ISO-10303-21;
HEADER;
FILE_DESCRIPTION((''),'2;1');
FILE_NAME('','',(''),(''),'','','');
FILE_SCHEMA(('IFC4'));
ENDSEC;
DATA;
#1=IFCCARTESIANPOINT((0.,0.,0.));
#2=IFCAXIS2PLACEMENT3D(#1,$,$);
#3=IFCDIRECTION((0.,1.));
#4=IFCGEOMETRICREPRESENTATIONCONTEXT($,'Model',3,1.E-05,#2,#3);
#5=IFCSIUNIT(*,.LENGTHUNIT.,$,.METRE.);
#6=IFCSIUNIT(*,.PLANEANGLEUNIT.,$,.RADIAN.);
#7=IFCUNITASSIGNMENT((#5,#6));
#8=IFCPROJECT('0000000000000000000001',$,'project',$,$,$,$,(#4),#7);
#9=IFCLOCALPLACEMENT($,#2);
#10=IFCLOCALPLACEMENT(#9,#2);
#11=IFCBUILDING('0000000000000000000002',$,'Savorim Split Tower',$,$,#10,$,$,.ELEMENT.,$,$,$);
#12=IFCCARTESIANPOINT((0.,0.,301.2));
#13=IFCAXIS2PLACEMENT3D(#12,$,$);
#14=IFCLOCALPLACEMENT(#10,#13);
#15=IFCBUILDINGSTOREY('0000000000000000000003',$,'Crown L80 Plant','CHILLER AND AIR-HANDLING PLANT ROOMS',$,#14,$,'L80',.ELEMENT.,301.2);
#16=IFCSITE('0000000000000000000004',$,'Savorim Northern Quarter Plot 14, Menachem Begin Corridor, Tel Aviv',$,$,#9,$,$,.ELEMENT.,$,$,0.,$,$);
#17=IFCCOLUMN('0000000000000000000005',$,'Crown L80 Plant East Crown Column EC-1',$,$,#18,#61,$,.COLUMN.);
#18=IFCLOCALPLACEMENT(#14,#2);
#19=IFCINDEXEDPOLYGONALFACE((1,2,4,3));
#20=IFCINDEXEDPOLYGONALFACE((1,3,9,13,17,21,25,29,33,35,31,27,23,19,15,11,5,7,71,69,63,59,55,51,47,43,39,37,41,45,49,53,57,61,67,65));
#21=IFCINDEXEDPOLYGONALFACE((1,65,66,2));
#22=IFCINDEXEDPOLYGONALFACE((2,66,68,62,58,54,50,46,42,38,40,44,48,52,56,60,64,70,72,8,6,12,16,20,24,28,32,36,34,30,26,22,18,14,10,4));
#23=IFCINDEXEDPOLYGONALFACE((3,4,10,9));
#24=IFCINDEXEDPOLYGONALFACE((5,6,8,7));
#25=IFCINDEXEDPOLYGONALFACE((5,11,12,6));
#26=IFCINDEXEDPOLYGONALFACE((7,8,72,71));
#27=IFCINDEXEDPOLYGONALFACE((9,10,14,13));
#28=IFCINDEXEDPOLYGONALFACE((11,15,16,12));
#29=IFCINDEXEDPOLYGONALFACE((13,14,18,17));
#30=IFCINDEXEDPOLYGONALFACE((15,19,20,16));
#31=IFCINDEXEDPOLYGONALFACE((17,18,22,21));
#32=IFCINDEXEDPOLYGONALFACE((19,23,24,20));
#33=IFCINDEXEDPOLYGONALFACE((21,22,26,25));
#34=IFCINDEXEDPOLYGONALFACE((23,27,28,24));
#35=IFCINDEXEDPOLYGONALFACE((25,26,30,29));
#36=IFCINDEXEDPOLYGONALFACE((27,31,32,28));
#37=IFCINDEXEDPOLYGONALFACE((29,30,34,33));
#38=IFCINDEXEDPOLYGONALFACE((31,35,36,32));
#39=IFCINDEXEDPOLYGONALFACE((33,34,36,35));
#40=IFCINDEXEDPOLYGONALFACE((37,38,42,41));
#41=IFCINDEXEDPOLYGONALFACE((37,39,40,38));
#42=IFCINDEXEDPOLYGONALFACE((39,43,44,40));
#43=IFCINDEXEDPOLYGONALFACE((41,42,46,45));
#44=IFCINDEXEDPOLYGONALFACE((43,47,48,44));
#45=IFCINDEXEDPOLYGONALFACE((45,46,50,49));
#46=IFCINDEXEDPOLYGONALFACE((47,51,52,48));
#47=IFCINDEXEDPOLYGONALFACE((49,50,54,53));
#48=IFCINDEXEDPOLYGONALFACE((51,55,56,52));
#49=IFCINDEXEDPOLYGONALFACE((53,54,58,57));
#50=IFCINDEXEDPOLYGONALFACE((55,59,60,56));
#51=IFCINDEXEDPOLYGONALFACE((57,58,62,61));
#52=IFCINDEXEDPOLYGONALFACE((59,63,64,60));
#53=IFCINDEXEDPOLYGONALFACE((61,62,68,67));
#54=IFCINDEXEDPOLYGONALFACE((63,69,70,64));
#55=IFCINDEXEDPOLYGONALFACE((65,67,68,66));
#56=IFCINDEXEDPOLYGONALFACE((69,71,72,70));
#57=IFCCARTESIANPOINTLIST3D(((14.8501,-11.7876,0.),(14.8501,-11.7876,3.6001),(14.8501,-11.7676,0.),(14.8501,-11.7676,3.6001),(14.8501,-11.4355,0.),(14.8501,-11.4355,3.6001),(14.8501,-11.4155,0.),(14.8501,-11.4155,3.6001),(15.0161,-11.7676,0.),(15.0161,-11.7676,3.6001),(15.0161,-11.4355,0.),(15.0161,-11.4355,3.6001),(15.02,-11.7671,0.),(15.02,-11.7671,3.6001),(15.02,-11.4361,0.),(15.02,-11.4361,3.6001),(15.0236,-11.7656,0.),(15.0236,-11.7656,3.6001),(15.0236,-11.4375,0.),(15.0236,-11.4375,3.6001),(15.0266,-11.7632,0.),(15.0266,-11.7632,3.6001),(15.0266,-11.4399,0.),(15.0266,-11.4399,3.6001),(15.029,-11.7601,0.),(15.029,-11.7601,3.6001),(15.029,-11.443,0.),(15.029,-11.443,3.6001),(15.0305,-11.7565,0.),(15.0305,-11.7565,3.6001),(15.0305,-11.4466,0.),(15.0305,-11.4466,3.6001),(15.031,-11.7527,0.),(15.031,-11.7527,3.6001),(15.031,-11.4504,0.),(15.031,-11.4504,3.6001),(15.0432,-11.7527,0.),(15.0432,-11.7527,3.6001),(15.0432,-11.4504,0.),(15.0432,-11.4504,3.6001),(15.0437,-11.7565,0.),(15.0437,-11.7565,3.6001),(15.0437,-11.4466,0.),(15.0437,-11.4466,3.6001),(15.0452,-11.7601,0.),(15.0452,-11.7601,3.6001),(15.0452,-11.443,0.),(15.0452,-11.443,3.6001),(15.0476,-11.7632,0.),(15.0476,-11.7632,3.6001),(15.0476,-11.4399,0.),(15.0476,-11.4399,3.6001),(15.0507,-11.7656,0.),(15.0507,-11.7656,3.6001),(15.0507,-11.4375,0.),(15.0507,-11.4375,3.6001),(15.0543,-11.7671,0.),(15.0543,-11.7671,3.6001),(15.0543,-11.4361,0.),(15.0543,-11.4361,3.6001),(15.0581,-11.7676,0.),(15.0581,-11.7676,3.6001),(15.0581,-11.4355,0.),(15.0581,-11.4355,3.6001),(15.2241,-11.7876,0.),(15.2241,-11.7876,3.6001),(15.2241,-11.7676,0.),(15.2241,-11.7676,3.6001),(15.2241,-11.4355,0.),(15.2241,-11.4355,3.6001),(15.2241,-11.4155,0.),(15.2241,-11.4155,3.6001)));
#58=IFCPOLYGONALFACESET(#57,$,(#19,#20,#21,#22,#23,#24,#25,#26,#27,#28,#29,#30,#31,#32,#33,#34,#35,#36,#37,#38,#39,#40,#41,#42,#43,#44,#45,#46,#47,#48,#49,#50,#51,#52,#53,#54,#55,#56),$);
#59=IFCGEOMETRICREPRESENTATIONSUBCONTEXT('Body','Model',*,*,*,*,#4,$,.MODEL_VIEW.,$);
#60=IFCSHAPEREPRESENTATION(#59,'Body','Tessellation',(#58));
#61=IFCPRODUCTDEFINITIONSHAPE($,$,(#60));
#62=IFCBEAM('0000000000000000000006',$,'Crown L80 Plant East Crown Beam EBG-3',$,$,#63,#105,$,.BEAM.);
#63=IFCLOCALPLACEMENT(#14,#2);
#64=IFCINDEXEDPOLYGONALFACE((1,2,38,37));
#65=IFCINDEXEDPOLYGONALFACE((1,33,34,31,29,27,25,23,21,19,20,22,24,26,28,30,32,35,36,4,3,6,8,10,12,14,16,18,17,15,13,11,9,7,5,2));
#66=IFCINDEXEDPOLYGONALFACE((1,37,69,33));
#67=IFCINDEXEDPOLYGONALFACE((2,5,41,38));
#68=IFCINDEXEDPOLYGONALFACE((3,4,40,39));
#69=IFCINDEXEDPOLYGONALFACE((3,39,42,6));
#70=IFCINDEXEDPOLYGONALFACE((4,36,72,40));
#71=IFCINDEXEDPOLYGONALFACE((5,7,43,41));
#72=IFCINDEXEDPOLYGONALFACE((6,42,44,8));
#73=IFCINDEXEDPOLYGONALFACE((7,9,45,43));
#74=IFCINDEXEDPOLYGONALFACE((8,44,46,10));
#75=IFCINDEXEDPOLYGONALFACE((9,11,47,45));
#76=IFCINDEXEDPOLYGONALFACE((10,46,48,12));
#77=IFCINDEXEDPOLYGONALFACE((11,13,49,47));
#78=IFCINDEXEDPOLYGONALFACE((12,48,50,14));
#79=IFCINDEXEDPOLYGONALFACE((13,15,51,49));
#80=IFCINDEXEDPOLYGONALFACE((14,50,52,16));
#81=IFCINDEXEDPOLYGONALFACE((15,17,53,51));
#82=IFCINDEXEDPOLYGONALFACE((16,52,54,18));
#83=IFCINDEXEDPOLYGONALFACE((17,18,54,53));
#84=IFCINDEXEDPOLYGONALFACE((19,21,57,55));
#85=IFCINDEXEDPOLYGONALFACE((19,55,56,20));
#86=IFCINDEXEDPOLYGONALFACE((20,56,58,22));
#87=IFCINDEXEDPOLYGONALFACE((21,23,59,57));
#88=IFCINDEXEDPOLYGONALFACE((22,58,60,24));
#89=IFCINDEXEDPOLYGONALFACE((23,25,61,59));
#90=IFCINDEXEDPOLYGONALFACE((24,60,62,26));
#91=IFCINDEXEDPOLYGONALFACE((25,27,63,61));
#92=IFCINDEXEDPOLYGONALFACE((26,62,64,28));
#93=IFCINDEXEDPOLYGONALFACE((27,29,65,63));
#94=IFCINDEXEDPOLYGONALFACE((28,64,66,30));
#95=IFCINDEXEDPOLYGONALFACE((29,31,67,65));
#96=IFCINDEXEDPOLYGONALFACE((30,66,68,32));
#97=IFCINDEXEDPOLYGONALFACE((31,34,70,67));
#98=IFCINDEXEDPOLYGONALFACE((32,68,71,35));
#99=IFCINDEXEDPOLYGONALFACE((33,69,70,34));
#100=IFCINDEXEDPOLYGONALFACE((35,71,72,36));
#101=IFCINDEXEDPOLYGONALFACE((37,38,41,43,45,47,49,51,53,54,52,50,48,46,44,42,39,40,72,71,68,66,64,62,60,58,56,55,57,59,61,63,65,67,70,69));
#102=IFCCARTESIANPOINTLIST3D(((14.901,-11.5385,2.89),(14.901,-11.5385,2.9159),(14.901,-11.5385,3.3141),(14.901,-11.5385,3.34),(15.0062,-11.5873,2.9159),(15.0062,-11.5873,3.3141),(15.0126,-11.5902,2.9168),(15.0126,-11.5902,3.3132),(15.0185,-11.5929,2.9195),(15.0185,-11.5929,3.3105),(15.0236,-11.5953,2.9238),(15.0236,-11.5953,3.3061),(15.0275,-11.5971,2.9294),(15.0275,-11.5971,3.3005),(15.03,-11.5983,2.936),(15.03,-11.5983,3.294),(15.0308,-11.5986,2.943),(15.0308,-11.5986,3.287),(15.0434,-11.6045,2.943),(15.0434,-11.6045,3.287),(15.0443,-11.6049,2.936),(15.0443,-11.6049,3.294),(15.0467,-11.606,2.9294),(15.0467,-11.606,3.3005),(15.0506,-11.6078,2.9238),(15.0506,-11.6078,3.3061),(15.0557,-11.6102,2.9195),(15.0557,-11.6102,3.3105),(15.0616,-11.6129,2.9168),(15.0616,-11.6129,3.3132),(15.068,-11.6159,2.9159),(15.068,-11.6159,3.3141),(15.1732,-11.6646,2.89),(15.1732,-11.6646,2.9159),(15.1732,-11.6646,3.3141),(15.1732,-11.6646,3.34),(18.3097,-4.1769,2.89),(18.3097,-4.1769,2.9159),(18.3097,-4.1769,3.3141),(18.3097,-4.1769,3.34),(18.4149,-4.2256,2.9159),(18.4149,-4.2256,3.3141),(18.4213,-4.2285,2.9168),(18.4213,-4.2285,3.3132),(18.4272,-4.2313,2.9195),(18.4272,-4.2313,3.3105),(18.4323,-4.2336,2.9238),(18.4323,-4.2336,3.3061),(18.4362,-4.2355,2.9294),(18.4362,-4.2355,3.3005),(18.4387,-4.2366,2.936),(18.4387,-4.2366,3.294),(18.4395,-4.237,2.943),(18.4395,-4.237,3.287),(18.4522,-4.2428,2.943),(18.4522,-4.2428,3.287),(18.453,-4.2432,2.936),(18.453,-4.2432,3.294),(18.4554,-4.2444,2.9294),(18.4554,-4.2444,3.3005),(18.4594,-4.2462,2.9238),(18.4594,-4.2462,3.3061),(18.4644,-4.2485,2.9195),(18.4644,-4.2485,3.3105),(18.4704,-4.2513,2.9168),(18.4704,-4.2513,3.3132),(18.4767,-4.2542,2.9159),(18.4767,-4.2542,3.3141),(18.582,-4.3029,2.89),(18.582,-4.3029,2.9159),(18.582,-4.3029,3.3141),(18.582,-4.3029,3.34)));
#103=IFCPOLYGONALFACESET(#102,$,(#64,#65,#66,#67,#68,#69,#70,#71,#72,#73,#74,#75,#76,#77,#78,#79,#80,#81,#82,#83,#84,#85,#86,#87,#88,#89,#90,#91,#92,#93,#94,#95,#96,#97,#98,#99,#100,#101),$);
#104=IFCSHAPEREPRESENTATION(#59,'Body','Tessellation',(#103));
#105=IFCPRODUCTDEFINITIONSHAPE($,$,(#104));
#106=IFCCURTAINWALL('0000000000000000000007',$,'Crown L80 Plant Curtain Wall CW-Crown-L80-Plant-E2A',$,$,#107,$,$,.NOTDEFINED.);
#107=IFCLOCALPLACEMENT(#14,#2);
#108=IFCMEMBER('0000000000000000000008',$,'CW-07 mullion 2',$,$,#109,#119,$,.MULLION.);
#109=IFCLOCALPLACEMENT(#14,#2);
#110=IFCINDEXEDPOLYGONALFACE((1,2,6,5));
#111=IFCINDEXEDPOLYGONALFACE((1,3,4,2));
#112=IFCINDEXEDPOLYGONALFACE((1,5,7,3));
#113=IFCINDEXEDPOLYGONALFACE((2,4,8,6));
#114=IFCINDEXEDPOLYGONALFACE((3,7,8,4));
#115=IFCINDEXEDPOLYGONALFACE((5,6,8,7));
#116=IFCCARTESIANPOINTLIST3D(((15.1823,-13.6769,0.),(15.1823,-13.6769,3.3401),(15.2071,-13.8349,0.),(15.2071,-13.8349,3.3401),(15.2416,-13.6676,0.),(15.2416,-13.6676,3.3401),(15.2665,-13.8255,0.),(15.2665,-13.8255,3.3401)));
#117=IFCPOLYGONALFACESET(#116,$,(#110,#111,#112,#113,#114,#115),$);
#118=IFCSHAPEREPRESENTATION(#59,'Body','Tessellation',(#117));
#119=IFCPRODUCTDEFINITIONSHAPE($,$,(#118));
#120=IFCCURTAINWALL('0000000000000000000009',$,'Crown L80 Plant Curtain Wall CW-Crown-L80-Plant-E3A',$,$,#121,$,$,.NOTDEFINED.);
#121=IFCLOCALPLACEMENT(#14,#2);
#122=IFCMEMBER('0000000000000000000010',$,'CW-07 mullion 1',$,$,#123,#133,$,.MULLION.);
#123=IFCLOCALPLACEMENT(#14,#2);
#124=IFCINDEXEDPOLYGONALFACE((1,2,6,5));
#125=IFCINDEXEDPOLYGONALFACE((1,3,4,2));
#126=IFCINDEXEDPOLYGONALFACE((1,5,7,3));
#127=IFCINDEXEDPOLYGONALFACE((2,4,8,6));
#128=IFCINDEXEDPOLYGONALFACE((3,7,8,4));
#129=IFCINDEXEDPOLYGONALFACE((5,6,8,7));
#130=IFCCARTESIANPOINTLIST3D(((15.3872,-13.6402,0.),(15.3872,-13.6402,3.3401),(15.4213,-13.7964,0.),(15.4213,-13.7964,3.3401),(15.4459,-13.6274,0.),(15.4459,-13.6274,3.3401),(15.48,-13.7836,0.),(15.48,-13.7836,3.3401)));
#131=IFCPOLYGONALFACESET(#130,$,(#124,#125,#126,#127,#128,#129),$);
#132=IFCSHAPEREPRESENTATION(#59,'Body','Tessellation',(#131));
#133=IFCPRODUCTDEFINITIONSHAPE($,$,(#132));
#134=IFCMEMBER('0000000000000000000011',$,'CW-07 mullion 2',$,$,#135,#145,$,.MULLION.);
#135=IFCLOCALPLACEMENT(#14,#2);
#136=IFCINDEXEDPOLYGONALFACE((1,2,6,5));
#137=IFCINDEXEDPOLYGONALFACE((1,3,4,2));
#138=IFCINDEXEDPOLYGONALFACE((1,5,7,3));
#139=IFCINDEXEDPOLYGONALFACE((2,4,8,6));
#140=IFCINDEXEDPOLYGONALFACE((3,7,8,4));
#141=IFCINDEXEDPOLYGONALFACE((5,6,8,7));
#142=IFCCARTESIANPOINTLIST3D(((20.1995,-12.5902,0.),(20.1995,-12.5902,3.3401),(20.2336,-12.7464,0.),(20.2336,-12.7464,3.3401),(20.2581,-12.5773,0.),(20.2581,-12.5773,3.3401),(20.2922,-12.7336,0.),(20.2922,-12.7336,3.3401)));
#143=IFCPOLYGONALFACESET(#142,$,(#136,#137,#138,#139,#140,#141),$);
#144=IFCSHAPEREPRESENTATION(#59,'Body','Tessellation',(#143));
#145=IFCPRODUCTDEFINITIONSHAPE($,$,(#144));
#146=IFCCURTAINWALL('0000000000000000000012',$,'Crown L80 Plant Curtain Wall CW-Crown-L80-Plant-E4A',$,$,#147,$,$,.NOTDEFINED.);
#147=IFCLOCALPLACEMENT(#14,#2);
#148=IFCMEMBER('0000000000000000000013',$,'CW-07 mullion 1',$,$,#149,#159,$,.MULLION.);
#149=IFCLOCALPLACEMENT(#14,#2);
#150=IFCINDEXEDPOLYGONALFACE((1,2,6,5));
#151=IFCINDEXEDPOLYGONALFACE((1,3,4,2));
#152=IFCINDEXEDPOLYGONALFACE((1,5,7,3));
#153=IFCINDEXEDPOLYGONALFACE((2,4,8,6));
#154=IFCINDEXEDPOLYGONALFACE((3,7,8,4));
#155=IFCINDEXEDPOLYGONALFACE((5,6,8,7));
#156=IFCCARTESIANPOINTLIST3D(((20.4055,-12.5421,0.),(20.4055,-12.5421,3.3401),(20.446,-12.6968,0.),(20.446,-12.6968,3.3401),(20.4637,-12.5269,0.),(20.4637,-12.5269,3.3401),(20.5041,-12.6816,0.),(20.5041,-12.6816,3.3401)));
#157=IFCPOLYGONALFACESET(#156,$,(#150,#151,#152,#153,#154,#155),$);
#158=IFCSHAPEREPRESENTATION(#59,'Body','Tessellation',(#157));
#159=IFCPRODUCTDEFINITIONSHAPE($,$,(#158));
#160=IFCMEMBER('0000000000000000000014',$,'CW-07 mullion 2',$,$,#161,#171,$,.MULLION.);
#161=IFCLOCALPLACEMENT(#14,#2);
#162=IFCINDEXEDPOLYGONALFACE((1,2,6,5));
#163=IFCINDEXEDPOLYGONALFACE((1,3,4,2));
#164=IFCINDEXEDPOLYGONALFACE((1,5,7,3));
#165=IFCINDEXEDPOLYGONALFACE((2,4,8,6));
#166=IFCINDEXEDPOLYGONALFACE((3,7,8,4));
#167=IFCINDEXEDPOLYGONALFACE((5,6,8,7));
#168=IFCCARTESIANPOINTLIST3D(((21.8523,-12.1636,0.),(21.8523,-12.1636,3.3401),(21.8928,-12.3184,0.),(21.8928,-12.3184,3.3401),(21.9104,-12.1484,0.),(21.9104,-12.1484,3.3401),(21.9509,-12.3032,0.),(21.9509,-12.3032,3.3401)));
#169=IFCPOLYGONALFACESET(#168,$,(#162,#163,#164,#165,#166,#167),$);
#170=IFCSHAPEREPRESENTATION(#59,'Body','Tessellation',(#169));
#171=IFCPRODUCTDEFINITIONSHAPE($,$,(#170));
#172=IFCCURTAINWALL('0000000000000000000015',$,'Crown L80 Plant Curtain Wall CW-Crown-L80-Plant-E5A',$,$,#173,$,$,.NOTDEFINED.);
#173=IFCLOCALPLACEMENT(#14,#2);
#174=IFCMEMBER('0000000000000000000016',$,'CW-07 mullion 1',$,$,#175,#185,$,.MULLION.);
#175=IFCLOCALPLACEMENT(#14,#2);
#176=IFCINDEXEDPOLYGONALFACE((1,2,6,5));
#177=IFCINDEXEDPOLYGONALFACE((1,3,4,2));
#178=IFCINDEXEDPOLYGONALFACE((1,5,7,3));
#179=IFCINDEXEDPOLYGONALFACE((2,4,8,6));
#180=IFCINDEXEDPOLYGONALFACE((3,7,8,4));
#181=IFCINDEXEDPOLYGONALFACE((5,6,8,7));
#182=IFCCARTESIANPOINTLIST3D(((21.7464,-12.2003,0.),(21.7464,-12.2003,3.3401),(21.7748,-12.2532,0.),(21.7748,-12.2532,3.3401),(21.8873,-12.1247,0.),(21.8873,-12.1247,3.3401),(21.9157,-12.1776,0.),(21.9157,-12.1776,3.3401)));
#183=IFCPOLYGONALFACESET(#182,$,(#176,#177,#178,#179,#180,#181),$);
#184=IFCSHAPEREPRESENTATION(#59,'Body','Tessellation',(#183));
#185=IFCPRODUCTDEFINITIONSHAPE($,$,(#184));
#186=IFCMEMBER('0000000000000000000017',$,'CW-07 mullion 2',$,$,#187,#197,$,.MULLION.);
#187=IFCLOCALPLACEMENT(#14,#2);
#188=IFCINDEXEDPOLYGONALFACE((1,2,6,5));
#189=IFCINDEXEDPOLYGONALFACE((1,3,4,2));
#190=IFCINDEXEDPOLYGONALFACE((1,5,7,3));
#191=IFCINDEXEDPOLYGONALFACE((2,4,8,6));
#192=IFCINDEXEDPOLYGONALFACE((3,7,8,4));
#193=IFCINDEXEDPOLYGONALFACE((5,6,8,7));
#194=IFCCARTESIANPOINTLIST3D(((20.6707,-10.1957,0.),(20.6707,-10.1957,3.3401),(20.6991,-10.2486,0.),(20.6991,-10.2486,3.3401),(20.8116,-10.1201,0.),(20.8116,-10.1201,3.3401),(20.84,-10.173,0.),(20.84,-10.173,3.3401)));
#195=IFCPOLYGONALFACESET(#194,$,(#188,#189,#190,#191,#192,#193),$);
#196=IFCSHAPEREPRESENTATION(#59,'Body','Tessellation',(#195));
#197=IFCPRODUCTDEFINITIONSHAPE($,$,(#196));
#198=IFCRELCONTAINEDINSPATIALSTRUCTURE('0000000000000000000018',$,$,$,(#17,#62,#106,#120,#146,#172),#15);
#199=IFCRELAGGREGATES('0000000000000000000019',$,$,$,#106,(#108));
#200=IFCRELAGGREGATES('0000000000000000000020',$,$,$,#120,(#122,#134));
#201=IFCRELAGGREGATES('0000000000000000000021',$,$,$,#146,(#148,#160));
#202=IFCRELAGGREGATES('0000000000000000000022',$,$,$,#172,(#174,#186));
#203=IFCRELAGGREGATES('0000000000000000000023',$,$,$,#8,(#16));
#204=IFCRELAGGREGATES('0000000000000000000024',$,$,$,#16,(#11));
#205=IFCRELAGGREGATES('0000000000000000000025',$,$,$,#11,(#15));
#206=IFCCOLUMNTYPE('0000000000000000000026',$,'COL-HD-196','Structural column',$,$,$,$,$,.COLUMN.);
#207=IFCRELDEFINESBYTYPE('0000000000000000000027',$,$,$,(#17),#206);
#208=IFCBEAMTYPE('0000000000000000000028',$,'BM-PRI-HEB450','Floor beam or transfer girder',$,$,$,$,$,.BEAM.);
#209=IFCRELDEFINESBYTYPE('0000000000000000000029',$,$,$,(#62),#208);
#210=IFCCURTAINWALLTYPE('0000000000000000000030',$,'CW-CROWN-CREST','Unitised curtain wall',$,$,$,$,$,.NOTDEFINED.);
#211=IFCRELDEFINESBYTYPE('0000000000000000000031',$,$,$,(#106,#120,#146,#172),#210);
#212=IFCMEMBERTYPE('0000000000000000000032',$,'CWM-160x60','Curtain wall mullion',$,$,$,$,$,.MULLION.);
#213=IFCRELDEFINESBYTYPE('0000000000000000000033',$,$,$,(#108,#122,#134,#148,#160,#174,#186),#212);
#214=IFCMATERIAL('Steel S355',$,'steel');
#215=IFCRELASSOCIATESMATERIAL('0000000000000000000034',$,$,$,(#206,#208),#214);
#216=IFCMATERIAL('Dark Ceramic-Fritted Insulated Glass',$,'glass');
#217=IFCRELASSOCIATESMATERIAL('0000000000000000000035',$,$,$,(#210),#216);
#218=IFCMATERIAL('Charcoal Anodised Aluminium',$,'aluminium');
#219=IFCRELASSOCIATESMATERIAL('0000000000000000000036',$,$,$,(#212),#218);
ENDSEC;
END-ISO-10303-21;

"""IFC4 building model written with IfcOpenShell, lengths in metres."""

from ifc_helpers import new_model, si_unit, direction, frame, origin, origin_2d, place, context, subcontext, project, spatial, rectangle, i_section, extrude, material, material_profile, profile_set, type_object, element, aggregate, save


model = new_model("IFC4")

# Units and contexts
model_context = context("Model", 3, precision=1e-05, world=origin(), true_north=direction((0.0, 1.0)))
body_context = subcontext(model_context, "Body", "Model", "MODEL_VIEW")
ifc_project = project(units=[si_unit("LENGTHUNIT", "METRE"), si_unit("PLANEANGLEUNIT", "RADIAN")], contexts=[model_context])

# Site, building, storey
site_placement = place(None, origin())
site = spatial("IfcSite", under=ifc_project, at=site_placement, Name="Savorim Northern Quarter Plot 14, Menachem Begin Corridor, Tel Aviv", CompositionType="ELEMENT", RefElevation=0.0)
building_placement = place(site_placement, origin())
building = spatial("IfcBuilding", under=site, at=building_placement, Name="Savorim Split Tower", CompositionType="ELEMENT")
storey_placement = place(building_placement, frame((0.0, 0.0, 301.2)))
storey = spatial("IfcBuildingStorey", under=building, at=storey_placement, Name="Crown L80 Plant", Description="CHILLER AND AIR-HANDLING PLANT ROOMS", LongName="L80", CompositionType="ELEMENT", Elevation=301.2)

# Column
ifc_material_1 = material(Name="Steel S355", Category="steel")
ifc_material_profile_1 = material_profile(ifc_material_1, i_section(OverallWidth=0.374, OverallDepth=0.3721, WebThickness=0.0122, FlangeThickness=0.02, FilletRadius=0.0149, at=origin_2d()), Name="HD 360x196")
ifc_profile_set_1 = profile_set([ifc_material_profile_1], Name="Steel S355")
column_type = type_object("IfcColumnType", Name="COL-HD-196", Description="Structural column", PredefinedType="COLUMN", material=ifc_profile_set_1)
column_placement = place(storey_placement, frame((15.0371, -11.6016, 0.0), z_axis=(0.0, 0.0, 1.0), x_axis=(1.0, 0.0, 0.0)))
element("IfcColumn", 1, at=column_placement, inside=storey, type_object=column_type, Name="Crown L80 Plant East Crown Column EC-1", PredefinedType="COLUMN", context=body_context, shape_type="SweptSolid", body=[
    extrude(i_section(OverallWidth=0.374, OverallDepth=0.3721, WebThickness=0.0122, FlangeThickness=0.02, FilletRadius=0.0149, at=origin_2d()), origin(), (0.0, 0.0, 1.0), 3.6001),
])

# Beam
ifc_material_profile_2 = material_profile(ifc_material_1, i_section(OverallWidth=0.3, OverallDepth=0.45, WebThickness=0.0139, FlangeThickness=0.0259, FilletRadius=0.0271, at=origin_2d()), Name="HEB 450")
ifc_profile_set_2 = profile_set([ifc_material_profile_2], Name="Steel S355")
beam_type = type_object("IfcBeamType", Name="BM-PRI-HEB450", Description="Floor beam or transfer girder", PredefinedType="BEAM", material=ifc_profile_set_2)
beam_placement = place(storey_placement, frame((15.0371, -11.6016, 3.115), z_axis=(0.42018, 0.907441, 0.0), x_axis=(-0.907441, 0.42018, 0.0)))
element("IfcBeam", 2, at=beam_placement, inside=storey, type_object=beam_type, Name="Crown L80 Plant East Crown Beam EBG-3", PredefinedType="BEAM", context=body_context, shape_type="SweptSolid", body=[
    extrude(i_section(OverallWidth=0.3, OverallDepth=0.45, WebThickness=0.0139, FlangeThickness=0.0259, FilletRadius=0.0271, at=origin_2d()), origin(), (0.0, 0.0, 1.0), 8.1125),
])

# Curtain wall, member
ifc_material_2 = material(Name="Dark Ceramic-Fritted Insulated Glass", Category="glass")
curtain_wall_type = type_object("IfcCurtainWallType", Name="CW-CROWN-CREST", Description="Unitised curtain wall", PredefinedType="NOTDEFINED", material=ifc_material_2)
curtain_wall_1_placement = place(storey_placement, origin())
curtain_wall_1 = element("IfcCurtainWall", 3, at=curtain_wall_1_placement, inside=storey, type_object=curtain_wall_type, Name="Crown L80 Plant Curtain Wall CW-Crown-L80-Plant-E2A", PredefinedType="NOTDEFINED")
ifc_material_3 = material(Name="Charcoal Anodised Aluminium", Category="aluminium")
ifc_material_profile_3 = material_profile(ifc_material_3, rectangle(XDim=0.1599, YDim=0.0601, at=origin_2d()), Name="ALU-M 160x60")
ifc_profile_set_3 = profile_set([ifc_material_profile_3], Name="Charcoal Anodised Aluminium")
member_type_1 = type_object("IfcMemberType", Name="CWM-160x60", Description="Curtain wall mullion", PredefinedType="MULLION", material=ifc_profile_set_3)
member_1_placement = place(storey_placement, frame((15.2244, -13.7512, 0.0), z_axis=(0.0, 0.0, 1.0), x_axis=(-0.155472, 0.98784, 0.0)))
member_1 = element("IfcMember", 4, at=member_1_placement, type_object=member_type_1, Name="CW-07 mullion 2", PredefinedType="MULLION", context=body_context, shape_type="SweptSolid", body=[
    extrude(rectangle(XDim=0.1599, YDim=0.0601, at=origin_2d()), origin(), (0.0, 0.0, 1.0), 3.3401),
])

# Curtain walls, members
curtain_wall_2_placement = place(storey_placement, origin())
curtain_wall_2 = element("IfcCurtainWall", 5, at=curtain_wall_2_placement, inside=storey, type_object=curtain_wall_type, Name="Crown L80 Plant Curtain Wall CW-Crown-L80-Plant-E3A", PredefinedType="NOTDEFINED")
member_2_placement = place(storey_placement, frame((15.4336, -13.7119, 0.0), z_axis=(0.0, 0.0, 1.0), x_axis=(-0.213221, 0.977004, 0.0)))
member_2 = element("IfcMember", 6, at=member_2_placement, type_object=member_type_1, Name="CW-07 mullion 1", PredefinedType="MULLION", context=body_context, shape_type="SweptSolid", body=[
    extrude(rectangle(XDim=0.1599, YDim=0.0601, at=origin_2d()), origin(), (0.0, 0.0, 1.0), 3.3401),
])
member_3_placement = place(storey_placement, frame((20.2458, -12.6619, 0.0), z_axis=(0.0, 0.0, 1.0), x_axis=(-0.213221, 0.977004, 0.0)))
member_3 = element("IfcMember", 7, at=member_3_placement, type_object=member_type_1, Name="CW-07 mullion 2", PredefinedType="MULLION", context=body_context, shape_type="SweptSolid", body=[
    extrude(rectangle(XDim=0.1599, YDim=0.0601, at=origin_2d()), origin(), (0.0, 0.0, 1.0), 3.3401),
])
curtain_wall_3_placement = place(storey_placement, origin())
curtain_wall_3 = element("IfcCurtainWall", 8, at=curtain_wall_3_placement, inside=storey, type_object=curtain_wall_type, Name="Crown L80 Plant Curtain Wall CW-Crown-L80-Plant-E4A", PredefinedType="NOTDEFINED")
member_4_placement = place(storey_placement, frame((20.4548, -12.6118, 0.0), z_axis=(0.0, 0.0, 1.0), x_axis=(-0.25305, 0.967453, 0.0)))
member_4 = element("IfcMember", 9, at=member_4_placement, type_object=member_type_1, Name="CW-07 mullion 1", PredefinedType="MULLION", context=body_context, shape_type="SweptSolid", body=[
    extrude(rectangle(XDim=0.1599, YDim=0.0601, at=origin_2d()), origin(), (0.0, 0.0, 1.0), 3.3401),
])
member_5_placement = place(storey_placement, frame((21.9016, -12.2334, 0.0), z_axis=(0.0, 0.0, 1.0), x_axis=(-0.25305, 0.967453, 0.0)))
member_5 = element("IfcMember", 10, at=member_5_placement, type_object=member_type_1, Name="CW-07 mullion 2", PredefinedType="MULLION", context=body_context, shape_type="SweptSolid", body=[
    extrude(rectangle(XDim=0.1599, YDim=0.0601, at=origin_2d()), origin(), (0.0, 0.0, 1.0), 3.3401),
])
curtain_wall_4_placement = place(storey_placement, origin())
curtain_wall_4 = element("IfcCurtainWall", 11, at=curtain_wall_4_placement, inside=storey, type_object=curtain_wall_type, Name="Crown L80 Plant Curtain Wall CW-Crown-L80-Plant-E5A", PredefinedType="NOTDEFINED")
member_6_placement = place(storey_placement, frame((21.8311, -12.189, 0.0), z_axis=(0.0, 0.0, 1.0), x_axis=(-0.881163, -0.472812, 0.0)))
member_6 = element("IfcMember", 12, at=member_6_placement, type_object=member_type_1, Name="CW-07 mullion 1", PredefinedType="MULLION", context=body_context, shape_type="SweptSolid", body=[
    extrude(rectangle(XDim=0.1599, YDim=0.0601, at=origin_2d()), origin(), (0.0, 0.0, 1.0), 3.3401),
])
member_7_placement = place(storey_placement, frame((20.7554, -10.1843, 0.0), z_axis=(0.0, 0.0, 1.0), x_axis=(-0.881163, -0.472812, 0.0)))
member_7 = element("IfcMember", 13, at=member_7_placement, type_object=member_type_1, Name="CW-07 mullion 2", PredefinedType="MULLION", context=body_context, shape_type="SweptSolid", body=[
    extrude(rectangle(XDim=0.1599, YDim=0.0601, at=origin_2d()), origin(), (0.0, 0.0, 1.0), 3.3401),
])

aggregate(curtain_wall_1, [member_1])
aggregate(curtain_wall_2, [member_2, member_3])
aggregate(curtain_wall_3, [member_4, member_5])
aggregate(curtain_wall_4, [member_6, member_7])

save(model, "model.ifc")
